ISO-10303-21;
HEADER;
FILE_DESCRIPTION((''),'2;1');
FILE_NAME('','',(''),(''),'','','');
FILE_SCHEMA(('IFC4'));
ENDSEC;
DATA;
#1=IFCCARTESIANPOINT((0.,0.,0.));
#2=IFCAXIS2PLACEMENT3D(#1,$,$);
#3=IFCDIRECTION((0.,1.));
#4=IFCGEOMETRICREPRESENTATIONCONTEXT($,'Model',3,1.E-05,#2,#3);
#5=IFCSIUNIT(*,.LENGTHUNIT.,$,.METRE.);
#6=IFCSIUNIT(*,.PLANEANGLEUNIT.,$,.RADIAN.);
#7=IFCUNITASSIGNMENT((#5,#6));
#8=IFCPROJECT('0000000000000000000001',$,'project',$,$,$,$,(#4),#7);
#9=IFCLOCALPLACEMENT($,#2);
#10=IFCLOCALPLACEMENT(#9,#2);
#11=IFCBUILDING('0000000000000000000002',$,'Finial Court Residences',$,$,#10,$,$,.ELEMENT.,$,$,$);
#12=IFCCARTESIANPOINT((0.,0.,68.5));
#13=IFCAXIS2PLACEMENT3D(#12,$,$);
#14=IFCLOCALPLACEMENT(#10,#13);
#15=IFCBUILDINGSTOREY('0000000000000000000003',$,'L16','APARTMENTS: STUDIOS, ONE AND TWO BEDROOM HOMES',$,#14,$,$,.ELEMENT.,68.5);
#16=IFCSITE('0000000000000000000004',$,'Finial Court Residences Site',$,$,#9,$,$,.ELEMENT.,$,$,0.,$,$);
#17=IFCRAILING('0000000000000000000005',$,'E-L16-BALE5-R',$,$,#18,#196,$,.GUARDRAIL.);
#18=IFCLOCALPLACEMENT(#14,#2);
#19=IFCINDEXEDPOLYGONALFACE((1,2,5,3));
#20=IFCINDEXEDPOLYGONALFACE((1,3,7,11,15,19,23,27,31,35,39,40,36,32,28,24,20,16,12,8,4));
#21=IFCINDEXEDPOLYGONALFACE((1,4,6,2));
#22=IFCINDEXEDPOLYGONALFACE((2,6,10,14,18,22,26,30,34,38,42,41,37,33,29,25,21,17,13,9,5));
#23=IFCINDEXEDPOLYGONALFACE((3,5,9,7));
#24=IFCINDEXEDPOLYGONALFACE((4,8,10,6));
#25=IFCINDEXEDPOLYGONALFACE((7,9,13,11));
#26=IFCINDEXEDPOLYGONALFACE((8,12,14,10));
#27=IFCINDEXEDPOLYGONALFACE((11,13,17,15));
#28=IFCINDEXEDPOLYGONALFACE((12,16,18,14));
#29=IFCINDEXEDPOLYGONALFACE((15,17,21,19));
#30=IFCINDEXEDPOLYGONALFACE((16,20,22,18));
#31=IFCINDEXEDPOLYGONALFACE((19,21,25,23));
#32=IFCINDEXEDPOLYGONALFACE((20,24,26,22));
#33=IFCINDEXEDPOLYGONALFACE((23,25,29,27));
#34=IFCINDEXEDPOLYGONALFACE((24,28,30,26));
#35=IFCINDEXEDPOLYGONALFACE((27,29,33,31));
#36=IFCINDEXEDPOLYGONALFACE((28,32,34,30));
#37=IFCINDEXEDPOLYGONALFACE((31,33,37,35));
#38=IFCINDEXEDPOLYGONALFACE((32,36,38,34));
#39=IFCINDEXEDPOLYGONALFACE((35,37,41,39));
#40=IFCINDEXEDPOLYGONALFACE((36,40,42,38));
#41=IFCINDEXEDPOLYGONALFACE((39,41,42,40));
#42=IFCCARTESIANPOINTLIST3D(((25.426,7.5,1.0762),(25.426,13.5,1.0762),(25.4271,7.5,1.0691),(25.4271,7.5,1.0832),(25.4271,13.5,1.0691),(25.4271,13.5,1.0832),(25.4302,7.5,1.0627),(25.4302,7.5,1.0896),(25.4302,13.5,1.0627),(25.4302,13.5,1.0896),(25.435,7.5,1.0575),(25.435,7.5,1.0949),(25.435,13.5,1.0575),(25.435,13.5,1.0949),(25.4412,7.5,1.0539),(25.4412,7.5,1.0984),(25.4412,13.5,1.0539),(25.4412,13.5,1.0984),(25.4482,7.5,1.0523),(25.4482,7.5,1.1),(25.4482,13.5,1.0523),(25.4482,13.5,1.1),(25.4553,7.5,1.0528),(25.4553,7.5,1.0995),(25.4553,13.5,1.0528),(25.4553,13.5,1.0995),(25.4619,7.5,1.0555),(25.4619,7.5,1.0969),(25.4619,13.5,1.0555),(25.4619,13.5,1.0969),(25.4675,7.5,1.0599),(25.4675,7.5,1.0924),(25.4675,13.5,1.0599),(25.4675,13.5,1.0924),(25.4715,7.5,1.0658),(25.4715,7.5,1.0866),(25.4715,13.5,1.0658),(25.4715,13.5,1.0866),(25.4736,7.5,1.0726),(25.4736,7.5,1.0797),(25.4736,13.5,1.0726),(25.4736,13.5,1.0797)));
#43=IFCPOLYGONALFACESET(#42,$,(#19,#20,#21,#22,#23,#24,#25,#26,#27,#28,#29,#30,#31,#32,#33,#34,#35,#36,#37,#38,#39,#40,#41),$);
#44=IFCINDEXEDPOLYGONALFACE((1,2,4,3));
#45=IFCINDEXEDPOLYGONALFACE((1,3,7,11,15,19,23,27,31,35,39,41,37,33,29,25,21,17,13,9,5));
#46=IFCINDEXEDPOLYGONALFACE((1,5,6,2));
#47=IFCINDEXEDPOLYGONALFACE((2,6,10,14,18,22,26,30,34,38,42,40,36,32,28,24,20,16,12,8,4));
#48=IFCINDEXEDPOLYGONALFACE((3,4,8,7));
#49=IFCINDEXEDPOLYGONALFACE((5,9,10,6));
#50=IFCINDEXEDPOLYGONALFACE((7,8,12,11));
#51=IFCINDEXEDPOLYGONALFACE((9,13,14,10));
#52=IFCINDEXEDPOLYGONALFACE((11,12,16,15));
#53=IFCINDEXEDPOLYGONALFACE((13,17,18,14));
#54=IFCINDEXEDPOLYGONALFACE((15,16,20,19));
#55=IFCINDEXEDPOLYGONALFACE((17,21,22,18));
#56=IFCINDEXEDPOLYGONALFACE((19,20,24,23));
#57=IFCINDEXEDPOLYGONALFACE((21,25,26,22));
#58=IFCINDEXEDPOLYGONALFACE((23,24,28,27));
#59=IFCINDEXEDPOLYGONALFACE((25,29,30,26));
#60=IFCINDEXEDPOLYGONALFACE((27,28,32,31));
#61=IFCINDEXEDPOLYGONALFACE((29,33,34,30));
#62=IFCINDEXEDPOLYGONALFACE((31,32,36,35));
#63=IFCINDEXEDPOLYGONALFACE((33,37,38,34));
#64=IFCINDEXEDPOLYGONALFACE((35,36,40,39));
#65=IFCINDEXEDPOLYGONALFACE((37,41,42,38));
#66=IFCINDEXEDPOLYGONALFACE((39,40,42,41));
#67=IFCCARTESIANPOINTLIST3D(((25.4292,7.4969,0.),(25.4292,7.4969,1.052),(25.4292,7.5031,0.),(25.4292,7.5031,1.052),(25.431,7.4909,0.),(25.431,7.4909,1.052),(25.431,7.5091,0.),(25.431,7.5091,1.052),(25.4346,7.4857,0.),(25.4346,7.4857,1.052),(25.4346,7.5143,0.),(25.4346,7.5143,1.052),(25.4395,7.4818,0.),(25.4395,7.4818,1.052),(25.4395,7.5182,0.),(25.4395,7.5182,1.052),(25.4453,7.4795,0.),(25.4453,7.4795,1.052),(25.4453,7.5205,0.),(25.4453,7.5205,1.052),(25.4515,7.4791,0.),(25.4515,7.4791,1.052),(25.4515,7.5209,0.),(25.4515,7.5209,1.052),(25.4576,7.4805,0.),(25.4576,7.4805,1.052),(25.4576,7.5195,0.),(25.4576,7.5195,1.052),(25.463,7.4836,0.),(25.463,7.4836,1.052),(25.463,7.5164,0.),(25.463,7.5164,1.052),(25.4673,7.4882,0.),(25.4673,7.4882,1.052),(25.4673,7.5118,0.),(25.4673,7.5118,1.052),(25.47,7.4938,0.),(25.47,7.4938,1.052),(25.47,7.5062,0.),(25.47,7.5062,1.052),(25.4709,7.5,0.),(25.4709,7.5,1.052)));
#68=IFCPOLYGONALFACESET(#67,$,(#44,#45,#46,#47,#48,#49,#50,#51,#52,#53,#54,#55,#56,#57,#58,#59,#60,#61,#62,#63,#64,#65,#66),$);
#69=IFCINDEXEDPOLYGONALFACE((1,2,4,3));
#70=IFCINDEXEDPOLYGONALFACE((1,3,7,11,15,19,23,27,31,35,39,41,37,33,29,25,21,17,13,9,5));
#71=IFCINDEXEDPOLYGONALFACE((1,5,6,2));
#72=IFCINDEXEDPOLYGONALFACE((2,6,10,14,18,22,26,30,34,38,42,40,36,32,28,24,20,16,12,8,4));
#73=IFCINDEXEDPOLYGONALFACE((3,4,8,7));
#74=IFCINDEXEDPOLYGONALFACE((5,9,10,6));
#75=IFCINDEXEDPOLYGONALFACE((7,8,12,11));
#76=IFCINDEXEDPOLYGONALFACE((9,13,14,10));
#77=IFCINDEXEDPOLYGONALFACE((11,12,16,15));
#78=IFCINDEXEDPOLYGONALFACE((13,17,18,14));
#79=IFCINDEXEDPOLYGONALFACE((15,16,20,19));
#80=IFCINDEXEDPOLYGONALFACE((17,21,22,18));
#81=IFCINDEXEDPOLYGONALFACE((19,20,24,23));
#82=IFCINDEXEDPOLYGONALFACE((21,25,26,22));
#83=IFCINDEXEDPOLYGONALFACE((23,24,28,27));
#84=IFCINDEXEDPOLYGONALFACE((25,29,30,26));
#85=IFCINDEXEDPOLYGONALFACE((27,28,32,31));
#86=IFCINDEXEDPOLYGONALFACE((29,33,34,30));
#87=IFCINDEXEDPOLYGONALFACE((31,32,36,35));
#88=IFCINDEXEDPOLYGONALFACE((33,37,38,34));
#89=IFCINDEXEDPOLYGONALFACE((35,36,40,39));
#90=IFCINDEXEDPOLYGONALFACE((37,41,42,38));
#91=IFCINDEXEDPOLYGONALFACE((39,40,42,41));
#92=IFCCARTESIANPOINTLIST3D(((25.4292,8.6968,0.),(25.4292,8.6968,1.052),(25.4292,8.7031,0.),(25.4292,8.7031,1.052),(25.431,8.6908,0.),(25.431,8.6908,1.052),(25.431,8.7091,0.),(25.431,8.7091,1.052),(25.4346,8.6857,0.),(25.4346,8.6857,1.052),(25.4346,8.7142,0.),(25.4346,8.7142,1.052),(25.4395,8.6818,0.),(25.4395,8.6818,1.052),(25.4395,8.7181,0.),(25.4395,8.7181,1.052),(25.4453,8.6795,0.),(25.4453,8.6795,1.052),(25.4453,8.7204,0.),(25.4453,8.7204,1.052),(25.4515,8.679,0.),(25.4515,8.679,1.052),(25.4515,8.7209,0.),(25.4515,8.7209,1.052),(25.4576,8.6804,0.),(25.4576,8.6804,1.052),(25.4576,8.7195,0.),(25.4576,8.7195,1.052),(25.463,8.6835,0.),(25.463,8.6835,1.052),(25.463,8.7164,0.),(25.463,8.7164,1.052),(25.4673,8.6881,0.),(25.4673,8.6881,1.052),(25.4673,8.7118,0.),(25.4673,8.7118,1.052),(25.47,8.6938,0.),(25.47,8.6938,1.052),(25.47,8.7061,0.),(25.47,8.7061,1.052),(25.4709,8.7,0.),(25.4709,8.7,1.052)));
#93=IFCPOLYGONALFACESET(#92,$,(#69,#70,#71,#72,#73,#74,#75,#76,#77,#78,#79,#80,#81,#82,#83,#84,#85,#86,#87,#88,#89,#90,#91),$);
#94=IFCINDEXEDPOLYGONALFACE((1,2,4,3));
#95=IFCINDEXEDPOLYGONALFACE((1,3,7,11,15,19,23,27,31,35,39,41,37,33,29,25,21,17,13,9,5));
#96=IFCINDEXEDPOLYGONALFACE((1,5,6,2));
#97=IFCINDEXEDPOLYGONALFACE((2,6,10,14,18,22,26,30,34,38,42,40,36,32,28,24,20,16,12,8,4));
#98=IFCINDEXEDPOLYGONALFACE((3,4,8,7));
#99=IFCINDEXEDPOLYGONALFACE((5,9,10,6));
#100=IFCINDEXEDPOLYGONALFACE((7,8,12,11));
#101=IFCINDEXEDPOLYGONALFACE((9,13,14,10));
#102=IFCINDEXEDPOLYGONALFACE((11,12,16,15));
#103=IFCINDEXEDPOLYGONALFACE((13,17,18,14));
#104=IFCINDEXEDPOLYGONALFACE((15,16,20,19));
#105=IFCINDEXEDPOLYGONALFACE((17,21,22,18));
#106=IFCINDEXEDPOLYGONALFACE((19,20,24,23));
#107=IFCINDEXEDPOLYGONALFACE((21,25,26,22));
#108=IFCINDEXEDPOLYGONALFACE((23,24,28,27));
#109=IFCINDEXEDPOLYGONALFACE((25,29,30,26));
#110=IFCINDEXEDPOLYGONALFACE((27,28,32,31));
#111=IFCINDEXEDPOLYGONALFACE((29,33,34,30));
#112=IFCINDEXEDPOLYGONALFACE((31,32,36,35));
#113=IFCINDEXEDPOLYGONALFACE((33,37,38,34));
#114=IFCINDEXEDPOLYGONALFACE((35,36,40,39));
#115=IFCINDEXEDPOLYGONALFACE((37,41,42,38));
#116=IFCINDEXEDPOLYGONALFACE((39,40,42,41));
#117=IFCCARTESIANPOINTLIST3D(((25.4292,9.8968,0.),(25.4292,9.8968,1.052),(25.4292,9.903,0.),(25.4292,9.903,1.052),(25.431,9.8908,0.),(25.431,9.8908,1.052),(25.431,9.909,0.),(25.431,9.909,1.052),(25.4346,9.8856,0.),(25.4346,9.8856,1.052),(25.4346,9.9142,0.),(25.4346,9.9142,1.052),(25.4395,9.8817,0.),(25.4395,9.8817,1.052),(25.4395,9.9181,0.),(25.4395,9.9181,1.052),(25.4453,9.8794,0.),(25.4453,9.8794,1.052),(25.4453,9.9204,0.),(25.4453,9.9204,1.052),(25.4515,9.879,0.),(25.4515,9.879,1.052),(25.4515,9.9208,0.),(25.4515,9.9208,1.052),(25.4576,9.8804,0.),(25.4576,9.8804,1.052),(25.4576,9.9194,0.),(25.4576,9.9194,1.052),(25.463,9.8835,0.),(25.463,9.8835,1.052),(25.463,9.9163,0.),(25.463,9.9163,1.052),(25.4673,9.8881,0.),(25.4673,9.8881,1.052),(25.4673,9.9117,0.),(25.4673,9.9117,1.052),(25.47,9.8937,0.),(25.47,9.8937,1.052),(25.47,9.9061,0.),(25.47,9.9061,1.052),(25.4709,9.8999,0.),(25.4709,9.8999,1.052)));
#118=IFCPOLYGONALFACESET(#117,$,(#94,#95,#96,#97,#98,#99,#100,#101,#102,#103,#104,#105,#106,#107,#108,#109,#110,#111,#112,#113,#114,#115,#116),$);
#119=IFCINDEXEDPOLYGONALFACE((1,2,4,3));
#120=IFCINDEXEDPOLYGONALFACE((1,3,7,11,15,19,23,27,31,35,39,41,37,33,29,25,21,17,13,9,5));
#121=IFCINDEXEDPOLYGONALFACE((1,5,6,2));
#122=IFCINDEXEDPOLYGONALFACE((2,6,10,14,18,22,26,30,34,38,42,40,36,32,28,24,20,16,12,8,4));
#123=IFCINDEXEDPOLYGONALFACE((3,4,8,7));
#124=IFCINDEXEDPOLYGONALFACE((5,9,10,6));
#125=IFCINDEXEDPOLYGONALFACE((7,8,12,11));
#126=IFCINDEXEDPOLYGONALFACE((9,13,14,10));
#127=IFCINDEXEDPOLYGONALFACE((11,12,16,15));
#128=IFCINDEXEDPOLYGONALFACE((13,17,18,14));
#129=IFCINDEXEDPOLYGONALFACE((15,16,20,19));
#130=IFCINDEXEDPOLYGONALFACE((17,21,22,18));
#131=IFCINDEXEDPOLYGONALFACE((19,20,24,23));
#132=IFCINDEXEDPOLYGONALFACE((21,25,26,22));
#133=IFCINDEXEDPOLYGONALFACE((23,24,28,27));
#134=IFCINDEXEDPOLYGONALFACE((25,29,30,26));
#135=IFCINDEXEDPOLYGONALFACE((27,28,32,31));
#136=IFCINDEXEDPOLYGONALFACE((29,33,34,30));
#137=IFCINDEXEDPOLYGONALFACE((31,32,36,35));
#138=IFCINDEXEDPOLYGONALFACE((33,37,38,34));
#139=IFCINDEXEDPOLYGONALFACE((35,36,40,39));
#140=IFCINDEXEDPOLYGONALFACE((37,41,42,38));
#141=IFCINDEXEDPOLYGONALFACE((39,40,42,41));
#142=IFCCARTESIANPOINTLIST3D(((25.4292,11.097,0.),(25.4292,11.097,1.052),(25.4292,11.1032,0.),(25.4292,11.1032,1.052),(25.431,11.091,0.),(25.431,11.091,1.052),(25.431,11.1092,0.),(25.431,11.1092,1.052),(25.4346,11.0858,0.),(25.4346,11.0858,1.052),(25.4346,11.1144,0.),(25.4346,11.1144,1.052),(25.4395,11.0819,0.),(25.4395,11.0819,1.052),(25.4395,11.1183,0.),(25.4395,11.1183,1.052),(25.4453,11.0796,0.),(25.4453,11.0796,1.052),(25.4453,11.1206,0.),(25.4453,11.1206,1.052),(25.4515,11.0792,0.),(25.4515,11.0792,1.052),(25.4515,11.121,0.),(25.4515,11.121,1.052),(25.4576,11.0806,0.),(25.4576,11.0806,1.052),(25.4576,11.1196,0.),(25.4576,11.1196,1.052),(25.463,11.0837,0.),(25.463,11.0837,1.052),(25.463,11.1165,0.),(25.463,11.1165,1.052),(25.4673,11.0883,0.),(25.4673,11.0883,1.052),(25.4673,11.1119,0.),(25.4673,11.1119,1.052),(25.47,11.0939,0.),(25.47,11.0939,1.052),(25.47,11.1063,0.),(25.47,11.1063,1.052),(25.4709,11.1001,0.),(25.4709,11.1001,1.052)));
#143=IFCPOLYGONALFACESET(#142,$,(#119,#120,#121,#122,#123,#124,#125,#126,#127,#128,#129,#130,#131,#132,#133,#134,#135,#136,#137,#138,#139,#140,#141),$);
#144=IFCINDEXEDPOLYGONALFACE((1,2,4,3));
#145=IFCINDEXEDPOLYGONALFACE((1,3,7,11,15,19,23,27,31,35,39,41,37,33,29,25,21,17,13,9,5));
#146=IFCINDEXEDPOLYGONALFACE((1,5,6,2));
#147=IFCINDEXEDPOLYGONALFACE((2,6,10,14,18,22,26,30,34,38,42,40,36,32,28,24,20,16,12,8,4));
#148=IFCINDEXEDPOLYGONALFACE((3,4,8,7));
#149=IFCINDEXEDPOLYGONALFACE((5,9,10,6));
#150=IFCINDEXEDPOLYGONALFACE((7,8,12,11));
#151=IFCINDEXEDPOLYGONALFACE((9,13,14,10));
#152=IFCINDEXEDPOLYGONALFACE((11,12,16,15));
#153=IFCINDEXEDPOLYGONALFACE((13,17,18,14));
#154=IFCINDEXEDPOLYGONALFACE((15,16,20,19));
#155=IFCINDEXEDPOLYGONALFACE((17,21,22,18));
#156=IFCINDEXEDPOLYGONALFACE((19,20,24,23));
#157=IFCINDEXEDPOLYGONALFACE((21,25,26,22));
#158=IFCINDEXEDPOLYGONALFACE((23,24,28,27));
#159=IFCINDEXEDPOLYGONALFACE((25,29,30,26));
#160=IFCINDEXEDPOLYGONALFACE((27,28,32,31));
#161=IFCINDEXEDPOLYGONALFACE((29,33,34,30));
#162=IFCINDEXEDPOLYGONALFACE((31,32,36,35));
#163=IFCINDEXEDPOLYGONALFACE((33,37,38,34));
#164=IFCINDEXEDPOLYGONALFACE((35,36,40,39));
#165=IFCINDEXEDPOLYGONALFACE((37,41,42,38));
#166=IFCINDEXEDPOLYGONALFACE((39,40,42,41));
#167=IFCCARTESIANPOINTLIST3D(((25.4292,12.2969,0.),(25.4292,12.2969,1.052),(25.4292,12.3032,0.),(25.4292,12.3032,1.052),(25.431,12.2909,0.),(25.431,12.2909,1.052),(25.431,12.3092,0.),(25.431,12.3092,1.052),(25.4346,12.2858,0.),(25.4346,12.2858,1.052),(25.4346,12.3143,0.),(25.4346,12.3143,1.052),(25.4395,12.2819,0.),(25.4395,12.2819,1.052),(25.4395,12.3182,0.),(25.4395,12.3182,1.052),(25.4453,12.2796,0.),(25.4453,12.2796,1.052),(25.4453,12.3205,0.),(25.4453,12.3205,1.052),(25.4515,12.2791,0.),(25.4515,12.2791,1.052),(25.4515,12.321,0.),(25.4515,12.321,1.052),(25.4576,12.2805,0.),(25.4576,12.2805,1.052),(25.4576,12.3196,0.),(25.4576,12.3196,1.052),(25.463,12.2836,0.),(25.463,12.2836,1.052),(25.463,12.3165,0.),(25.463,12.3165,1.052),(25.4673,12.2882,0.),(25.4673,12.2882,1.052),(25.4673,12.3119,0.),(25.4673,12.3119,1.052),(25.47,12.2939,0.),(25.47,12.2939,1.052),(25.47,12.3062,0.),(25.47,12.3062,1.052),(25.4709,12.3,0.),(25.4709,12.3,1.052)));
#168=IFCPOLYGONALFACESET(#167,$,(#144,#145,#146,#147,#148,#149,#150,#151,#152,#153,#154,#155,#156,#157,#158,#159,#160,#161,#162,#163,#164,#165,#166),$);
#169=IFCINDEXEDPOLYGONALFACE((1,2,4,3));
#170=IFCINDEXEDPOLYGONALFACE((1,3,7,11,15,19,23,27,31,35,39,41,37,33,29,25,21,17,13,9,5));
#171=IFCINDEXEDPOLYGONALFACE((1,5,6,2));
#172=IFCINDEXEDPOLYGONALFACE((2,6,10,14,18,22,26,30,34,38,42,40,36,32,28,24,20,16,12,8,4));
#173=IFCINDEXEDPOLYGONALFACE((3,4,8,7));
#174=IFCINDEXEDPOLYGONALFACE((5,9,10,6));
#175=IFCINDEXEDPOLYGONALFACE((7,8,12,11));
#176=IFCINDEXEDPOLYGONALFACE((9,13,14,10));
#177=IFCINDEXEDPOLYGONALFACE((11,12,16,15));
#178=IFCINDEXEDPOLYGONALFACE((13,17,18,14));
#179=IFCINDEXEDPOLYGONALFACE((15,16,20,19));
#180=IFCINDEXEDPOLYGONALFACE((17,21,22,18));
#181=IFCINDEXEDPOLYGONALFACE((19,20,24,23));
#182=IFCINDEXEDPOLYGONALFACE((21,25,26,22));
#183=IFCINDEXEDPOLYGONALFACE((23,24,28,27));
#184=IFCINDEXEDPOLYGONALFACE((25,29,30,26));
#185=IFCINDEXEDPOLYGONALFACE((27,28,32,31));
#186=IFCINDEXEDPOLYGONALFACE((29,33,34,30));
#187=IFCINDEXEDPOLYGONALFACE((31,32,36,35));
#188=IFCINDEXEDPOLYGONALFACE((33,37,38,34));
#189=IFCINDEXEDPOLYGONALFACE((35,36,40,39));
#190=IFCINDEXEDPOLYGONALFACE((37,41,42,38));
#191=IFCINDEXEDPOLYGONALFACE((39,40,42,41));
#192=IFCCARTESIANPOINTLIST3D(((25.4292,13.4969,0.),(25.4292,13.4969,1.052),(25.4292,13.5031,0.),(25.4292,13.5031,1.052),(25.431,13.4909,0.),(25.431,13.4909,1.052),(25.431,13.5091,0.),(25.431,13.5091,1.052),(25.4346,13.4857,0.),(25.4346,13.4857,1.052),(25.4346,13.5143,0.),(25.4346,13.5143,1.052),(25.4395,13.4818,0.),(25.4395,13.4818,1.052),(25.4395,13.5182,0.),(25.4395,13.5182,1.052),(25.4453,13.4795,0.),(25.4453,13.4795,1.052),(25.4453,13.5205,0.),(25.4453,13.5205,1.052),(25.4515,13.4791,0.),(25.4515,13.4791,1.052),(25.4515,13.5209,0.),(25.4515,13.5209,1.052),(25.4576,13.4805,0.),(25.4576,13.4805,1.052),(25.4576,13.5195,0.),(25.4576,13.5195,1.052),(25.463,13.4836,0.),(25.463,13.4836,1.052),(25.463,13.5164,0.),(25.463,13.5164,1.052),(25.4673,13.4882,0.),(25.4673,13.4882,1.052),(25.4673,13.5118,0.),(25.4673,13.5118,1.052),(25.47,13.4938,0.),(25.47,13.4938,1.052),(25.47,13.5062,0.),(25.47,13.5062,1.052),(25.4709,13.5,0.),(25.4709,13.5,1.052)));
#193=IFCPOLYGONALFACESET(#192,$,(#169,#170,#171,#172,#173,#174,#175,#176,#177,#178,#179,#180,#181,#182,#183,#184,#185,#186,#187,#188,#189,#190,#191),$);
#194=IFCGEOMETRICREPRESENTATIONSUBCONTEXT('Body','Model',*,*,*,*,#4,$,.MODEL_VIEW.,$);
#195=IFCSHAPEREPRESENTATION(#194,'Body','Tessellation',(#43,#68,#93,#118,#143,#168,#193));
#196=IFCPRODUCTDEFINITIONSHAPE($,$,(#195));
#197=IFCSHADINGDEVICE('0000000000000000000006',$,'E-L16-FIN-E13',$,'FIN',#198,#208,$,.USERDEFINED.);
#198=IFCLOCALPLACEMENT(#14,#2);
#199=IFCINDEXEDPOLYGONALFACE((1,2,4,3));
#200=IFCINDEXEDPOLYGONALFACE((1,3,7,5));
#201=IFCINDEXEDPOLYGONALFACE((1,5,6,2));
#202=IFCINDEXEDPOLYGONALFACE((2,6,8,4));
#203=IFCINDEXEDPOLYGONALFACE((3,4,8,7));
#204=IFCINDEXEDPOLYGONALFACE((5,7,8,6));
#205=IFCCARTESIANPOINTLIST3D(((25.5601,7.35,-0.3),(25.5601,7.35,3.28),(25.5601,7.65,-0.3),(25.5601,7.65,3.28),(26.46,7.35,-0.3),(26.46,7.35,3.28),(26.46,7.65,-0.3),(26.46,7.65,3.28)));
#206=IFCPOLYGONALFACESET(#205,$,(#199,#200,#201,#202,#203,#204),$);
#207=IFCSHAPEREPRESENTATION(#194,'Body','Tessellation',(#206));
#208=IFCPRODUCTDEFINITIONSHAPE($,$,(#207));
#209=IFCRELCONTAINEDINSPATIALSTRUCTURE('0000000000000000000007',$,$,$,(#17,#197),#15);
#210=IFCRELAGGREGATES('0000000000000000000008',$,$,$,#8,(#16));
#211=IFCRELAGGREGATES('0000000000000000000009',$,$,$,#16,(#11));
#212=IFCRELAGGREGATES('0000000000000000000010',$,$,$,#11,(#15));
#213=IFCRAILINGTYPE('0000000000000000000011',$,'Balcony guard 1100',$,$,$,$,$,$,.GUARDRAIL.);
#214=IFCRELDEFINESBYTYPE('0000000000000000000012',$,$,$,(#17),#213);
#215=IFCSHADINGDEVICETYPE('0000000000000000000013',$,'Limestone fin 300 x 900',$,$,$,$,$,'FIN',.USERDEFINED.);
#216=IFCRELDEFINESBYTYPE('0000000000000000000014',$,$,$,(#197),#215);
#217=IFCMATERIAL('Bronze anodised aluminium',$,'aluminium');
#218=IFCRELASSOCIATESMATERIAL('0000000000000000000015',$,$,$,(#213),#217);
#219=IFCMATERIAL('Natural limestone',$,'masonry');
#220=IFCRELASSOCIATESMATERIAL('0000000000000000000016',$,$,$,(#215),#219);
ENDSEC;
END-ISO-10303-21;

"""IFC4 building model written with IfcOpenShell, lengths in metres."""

from ifc_helpers import new_model, si_unit, direction, frame, origin, origin_2d, place, context, subcontext, project, spatial, rectangle, circle, extrude, material, type_object, element, save


model = new_model("IFC4")

# Units and contexts
model_context = context("Model", 3, precision=1e-05, world=origin(), true_north=direction((0.0, 1.0)))
body_context = subcontext(model_context, "Body", "Model", "MODEL_VIEW")
ifc_project = project(units=[si_unit("LENGTHUNIT", "METRE"), si_unit("PLANEANGLEUNIT", "RADIAN")], contexts=[model_context])

# Site, building, storey
site_placement = place(None, origin())
site = spatial("IfcSite", under=ifc_project, at=site_placement, Name="Finial Court Residences Site", CompositionType="ELEMENT", RefElevation=0.0)
building_placement = place(site_placement, origin())
building = spatial("IfcBuilding", under=site, at=building_placement, Name="Finial Court Residences", CompositionType="ELEMENT")
storey_placement = place(building_placement, frame((0.0, 0.0, 68.5)))
storey = spatial("IfcBuildingStorey", under=building, at=storey_placement, Name="L16", Description="APARTMENTS: STUDIOS, ONE AND TWO BEDROOM HOMES", CompositionType="ELEMENT", Elevation=68.5)

# Shared definitions
ifc_material_1 = material(Name="Bronze anodised aluminium", Category="aluminium")

# Shared definitions
ifc_material_2 = material(Name="Natural limestone", Category="masonry")

# Railing
railing_type = type_object("IfcRailingType", Name="Balcony guard 1100", PredefinedType="GUARDRAIL", material=ifc_material_1)
railing_placement = place(storey_placement, frame((25.45, 7.5, 0.0)))
element("IfcRailing", 1, at=railing_placement, inside=storey, type_object=railing_type, Name="E-L16-BALE5-R", PredefinedType="GUARDRAIL", context=body_context, shape_type="SweptSolid", body=[
    extrude(circle(Radius=0.0239, at=origin_2d()), frame((0.0, 0.0, 1.0762), z_axis=(0.0, 1.0, 0.0), x_axis=(-1.0, 0.0, 0.0)), (0.0, 0.0, 1.0), 6.0),
    extrude(circle(Radius=0.021, at=origin_2d()), origin(), (0.0, 0.0, 1.0), 1.052),
    extrude(circle(Radius=0.021, at=origin_2d()), frame((0.0, 1.2, 0.0)), (0.0, 0.0, 1.0), 1.052),
    extrude(circle(Radius=0.021, at=origin_2d()), frame((0.0, 2.3999, 0.0)), (0.0, 0.0, 1.0), 1.052),
    extrude(circle(Radius=0.021, at=origin_2d()), frame((0.0, 3.6001, 0.0)), (0.0, 0.0, 1.0), 1.052),
    extrude(circle(Radius=0.021, at=origin_2d()), frame((0.0, 4.8, 0.0)), (0.0, 0.0, 1.0), 1.052),
    extrude(circle(Radius=0.021, at=origin_2d()), frame((0.0, 6.0, 0.0)), (0.0, 0.0, 1.0), 1.052),
])

# Shading device
shading_device_type = type_object("IfcShadingDeviceType", Name="Limestone fin 300 x 900", ElementType="FIN", PredefinedType="USERDEFINED", material=ifc_material_2)
shading_device_1_placement = place(storey_placement, frame((26.01, 7.5, -0.3), z_axis=(0.0, 0.0, 1.0), x_axis=(1.0, 0.0, 0.0)))
element("IfcShadingDevice", 2, at=shading_device_1_placement, inside=storey, type_object=shading_device_type, Name="E-L16-FIN-E13", ObjectType="FIN", PredefinedType="USERDEFINED", context=body_context, shape_type="SweptSolid", body=[
    extrude(rectangle(XDim=0.8999, YDim=0.3, at=origin_2d()), origin(), (0.0, 0.0, 1.0), 3.5801),
])

save(model, "model.ifc")
